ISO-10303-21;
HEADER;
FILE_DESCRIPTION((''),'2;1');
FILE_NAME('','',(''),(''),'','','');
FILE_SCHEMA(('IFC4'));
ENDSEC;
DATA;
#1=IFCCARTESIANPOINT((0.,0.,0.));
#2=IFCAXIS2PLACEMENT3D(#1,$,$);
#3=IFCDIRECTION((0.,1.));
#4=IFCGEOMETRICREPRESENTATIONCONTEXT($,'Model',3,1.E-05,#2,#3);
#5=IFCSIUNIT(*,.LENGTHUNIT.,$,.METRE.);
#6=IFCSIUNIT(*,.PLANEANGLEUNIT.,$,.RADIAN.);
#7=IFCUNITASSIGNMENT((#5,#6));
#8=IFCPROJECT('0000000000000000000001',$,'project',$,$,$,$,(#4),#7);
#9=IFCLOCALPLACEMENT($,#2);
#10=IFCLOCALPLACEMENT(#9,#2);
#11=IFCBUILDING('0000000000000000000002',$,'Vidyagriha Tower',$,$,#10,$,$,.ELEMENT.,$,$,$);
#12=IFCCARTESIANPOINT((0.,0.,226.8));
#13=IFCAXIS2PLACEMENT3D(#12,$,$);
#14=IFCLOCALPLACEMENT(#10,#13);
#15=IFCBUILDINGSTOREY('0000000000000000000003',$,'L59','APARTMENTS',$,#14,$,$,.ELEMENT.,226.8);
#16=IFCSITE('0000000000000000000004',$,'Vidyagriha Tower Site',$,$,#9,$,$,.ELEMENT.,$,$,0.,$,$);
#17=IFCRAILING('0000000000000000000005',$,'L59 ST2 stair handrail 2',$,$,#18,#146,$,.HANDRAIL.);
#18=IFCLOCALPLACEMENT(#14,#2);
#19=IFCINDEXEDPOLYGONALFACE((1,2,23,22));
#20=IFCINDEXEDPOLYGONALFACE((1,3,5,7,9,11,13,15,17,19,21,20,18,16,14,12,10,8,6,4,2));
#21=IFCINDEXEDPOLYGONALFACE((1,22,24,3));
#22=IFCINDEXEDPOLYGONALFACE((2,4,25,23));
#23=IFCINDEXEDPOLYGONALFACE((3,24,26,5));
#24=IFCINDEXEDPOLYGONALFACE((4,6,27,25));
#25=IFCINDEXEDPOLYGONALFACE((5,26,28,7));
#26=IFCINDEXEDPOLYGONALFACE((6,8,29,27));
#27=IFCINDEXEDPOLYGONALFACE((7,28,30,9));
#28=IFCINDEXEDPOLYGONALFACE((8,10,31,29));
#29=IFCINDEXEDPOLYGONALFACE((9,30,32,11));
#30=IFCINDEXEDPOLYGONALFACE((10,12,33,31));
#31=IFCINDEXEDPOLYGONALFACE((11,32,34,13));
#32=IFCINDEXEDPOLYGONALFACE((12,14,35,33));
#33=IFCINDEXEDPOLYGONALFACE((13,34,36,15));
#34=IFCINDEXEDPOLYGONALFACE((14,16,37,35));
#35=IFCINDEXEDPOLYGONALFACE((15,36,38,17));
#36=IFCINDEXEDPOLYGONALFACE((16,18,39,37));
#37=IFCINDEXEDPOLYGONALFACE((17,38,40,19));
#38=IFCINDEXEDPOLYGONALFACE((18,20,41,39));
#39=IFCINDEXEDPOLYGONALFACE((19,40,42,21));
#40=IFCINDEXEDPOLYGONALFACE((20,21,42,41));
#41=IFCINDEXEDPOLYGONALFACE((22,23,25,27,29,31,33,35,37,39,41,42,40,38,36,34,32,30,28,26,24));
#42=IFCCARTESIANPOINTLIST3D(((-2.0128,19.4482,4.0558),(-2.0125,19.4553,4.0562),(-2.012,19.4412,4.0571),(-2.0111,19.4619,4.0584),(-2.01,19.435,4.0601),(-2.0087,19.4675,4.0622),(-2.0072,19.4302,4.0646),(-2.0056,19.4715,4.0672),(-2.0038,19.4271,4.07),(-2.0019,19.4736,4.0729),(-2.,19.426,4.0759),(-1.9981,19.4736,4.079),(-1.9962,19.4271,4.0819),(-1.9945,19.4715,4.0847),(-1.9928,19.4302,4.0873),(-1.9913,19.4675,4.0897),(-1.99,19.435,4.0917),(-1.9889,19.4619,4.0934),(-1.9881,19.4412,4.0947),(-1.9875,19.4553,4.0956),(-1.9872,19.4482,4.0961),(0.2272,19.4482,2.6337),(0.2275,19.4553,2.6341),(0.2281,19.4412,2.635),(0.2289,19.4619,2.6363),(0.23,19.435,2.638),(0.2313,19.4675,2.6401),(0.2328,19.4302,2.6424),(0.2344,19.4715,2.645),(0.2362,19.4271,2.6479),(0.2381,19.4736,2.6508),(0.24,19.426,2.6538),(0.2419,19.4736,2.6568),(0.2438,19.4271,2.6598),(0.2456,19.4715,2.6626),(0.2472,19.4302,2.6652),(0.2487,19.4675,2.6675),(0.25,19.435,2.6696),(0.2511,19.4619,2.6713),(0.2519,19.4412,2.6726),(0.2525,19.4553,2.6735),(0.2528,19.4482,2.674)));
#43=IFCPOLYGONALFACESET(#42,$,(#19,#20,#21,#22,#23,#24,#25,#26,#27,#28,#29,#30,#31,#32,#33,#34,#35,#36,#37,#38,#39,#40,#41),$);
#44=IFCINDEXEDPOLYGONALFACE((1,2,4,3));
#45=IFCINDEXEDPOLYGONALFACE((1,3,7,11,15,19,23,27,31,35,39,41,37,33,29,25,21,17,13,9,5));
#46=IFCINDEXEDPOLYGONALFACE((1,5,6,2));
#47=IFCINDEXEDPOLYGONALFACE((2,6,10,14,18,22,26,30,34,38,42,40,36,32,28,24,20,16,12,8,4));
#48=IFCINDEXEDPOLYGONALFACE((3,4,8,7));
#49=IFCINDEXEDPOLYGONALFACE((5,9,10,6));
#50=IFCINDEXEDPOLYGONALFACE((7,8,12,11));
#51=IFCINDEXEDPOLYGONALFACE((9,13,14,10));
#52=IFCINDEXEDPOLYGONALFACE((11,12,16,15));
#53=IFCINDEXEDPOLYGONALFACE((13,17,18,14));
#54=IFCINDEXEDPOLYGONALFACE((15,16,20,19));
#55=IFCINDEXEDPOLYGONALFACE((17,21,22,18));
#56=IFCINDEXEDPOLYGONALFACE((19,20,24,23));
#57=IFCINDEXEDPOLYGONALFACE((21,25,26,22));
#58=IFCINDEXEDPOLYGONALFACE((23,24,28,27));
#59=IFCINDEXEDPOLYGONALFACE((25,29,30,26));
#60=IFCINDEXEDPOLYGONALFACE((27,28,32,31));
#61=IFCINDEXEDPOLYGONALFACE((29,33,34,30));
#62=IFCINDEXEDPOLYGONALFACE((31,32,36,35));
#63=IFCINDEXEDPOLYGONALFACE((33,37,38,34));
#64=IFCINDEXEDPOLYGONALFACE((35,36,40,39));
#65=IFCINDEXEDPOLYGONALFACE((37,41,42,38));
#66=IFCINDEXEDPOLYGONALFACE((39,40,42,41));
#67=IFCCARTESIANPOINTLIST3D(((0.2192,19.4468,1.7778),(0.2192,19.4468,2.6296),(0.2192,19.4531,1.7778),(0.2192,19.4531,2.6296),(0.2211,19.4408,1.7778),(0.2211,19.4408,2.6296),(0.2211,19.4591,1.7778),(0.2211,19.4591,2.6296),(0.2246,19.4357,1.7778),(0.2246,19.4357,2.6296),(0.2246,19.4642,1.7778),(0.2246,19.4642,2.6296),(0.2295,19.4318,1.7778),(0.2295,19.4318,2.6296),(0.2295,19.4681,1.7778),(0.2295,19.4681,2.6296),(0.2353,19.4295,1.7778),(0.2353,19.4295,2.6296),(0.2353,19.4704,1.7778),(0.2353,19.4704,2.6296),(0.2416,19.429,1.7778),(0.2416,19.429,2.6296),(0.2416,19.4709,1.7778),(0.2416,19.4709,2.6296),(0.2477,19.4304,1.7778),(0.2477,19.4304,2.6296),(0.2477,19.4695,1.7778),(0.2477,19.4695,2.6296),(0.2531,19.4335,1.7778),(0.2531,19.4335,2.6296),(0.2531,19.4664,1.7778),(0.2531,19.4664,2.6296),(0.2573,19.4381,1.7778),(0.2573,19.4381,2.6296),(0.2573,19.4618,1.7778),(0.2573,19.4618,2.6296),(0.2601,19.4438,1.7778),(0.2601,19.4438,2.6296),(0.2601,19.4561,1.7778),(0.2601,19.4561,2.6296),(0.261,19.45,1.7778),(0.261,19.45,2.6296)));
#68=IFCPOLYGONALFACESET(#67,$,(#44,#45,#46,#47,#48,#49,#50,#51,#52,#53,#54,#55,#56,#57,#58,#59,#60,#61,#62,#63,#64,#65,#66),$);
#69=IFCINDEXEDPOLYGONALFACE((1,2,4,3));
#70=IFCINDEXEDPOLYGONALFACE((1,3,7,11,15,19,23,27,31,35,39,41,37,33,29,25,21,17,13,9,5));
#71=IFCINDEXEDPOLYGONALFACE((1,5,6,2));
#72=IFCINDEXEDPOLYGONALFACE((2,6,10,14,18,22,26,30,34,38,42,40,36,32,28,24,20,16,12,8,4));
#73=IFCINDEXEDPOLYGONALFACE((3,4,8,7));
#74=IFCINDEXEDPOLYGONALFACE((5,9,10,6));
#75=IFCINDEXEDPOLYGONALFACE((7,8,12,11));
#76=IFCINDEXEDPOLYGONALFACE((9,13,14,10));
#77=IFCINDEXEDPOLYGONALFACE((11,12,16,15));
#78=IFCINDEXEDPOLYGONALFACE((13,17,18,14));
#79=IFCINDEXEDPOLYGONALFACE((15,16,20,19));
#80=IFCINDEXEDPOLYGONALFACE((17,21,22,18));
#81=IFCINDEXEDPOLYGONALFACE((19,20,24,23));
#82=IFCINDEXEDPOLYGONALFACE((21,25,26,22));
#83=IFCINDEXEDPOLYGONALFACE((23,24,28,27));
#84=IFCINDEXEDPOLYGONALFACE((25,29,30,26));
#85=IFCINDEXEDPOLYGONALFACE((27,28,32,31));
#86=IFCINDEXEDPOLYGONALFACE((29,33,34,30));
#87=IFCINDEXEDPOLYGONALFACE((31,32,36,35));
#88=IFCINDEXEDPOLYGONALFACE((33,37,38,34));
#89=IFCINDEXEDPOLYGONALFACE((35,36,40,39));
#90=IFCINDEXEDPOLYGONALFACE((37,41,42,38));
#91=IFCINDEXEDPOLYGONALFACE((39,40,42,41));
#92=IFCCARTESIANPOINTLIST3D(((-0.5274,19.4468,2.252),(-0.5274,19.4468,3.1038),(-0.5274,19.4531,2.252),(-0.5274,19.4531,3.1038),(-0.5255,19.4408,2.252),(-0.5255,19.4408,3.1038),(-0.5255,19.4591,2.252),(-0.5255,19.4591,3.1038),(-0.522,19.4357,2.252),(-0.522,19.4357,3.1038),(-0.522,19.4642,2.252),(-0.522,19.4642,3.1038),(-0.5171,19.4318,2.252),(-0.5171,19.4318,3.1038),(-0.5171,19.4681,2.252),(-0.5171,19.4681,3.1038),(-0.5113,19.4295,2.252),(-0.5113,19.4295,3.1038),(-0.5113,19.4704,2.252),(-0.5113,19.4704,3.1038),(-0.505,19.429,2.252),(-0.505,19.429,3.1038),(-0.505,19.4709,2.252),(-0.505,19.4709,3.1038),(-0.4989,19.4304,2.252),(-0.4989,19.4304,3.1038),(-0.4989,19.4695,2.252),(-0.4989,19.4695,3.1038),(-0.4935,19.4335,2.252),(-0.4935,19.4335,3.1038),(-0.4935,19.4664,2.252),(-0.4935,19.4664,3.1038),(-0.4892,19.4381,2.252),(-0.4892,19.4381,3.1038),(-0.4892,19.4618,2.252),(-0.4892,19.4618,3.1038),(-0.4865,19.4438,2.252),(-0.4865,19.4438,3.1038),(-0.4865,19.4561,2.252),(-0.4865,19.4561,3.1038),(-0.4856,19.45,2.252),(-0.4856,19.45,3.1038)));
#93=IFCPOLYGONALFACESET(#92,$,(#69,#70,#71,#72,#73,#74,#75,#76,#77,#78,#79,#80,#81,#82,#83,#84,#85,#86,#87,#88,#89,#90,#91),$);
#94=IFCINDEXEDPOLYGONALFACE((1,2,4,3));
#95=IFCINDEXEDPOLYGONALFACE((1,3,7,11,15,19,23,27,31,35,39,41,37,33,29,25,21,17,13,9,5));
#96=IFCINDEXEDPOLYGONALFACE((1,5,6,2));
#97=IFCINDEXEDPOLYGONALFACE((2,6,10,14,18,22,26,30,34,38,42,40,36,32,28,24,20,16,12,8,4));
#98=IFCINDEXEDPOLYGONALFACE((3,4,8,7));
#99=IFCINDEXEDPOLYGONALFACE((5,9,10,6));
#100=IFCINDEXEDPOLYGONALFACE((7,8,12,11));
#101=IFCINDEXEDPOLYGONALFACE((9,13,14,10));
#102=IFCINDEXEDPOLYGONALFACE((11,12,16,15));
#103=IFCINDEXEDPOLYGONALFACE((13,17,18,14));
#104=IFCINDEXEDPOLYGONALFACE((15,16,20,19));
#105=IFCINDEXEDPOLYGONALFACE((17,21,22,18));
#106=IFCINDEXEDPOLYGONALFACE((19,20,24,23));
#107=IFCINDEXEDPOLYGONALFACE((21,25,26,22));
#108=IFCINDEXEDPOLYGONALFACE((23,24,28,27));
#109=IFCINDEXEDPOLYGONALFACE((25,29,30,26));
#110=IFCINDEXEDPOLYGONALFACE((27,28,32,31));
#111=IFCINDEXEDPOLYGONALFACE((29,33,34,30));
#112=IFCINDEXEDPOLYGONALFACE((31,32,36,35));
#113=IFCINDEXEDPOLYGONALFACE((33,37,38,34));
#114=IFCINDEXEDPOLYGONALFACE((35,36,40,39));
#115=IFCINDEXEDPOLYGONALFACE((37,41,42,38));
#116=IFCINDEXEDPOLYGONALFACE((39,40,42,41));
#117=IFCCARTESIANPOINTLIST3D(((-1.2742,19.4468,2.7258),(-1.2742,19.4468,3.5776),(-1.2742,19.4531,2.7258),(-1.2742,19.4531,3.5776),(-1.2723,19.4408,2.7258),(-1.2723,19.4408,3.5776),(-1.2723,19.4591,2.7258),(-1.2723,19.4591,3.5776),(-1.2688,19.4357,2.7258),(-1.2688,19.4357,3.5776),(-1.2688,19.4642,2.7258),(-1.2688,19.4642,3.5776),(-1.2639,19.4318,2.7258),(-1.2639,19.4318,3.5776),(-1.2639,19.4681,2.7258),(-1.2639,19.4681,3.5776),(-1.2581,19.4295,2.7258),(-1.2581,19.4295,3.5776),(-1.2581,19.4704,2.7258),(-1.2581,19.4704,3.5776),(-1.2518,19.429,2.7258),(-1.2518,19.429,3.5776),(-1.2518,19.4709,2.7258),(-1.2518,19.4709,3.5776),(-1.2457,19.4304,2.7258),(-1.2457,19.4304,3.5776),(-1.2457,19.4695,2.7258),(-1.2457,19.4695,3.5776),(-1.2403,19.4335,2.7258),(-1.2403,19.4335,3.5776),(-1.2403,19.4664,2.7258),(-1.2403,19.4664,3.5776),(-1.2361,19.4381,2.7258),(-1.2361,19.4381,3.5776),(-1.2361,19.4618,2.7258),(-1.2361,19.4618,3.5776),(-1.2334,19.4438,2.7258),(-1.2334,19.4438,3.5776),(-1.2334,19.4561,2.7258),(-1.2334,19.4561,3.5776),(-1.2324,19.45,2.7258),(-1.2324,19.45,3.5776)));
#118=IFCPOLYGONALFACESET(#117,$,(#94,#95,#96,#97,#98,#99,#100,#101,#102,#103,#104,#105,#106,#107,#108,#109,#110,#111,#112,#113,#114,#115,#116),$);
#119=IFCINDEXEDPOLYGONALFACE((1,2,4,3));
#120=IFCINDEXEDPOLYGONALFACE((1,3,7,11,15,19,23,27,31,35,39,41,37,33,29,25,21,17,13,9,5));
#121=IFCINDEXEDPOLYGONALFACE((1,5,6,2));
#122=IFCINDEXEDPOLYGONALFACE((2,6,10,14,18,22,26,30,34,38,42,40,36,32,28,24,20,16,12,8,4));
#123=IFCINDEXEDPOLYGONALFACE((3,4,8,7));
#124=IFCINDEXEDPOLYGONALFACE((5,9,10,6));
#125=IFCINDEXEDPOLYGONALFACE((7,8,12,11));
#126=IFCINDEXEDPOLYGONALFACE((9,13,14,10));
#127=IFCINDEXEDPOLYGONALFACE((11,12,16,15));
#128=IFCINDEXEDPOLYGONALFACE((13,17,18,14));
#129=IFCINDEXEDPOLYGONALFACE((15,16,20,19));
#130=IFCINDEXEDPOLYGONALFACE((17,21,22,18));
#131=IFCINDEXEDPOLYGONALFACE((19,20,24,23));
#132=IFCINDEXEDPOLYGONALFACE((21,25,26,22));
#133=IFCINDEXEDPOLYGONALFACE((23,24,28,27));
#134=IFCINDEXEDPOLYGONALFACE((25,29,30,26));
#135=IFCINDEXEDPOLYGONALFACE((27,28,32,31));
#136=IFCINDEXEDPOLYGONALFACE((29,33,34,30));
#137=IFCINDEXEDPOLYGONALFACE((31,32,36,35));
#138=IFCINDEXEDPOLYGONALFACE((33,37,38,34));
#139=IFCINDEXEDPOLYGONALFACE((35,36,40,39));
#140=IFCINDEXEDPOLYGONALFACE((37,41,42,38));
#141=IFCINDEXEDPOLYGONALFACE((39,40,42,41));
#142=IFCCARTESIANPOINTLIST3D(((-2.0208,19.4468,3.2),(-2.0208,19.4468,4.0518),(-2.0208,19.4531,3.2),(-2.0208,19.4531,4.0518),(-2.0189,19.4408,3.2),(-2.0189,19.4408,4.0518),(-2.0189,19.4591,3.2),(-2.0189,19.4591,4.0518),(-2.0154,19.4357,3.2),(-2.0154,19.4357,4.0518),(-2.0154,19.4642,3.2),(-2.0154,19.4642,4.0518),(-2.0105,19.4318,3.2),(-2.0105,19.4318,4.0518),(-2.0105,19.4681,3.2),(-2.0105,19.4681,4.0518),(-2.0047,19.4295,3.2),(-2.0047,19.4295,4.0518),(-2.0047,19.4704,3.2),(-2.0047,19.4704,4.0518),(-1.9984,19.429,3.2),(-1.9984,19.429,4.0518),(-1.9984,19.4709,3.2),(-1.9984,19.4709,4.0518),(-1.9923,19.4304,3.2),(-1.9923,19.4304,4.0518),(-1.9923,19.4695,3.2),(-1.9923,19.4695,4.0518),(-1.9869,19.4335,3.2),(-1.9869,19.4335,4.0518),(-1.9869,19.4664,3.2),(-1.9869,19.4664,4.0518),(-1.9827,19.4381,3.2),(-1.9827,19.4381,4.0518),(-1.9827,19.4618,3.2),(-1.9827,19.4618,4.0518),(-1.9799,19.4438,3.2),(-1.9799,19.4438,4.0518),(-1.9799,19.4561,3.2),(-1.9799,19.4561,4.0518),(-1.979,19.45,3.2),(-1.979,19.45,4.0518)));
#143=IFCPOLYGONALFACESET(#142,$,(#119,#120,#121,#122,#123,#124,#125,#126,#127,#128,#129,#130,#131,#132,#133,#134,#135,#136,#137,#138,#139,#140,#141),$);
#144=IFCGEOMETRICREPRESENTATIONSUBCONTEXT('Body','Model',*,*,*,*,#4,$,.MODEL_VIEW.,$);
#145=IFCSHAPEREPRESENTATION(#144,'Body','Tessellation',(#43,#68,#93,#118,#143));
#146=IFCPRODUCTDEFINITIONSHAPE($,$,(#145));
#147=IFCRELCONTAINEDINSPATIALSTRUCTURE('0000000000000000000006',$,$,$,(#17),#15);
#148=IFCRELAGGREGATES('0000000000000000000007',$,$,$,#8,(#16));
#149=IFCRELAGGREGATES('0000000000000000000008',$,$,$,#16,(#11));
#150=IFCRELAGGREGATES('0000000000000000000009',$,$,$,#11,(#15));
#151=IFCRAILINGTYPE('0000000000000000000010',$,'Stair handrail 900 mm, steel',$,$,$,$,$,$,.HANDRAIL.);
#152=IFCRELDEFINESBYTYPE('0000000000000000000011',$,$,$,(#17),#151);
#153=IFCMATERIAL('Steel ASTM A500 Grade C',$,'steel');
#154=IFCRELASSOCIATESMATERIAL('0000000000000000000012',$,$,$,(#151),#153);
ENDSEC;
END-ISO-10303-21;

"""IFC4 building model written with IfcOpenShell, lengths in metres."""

from ifc_helpers import new_model, si_unit, direction, frame, origin, origin_2d, place, context, subcontext, project, spatial, circle, extrude, material, type_object, element, save


model = new_model("IFC4")

# Units and contexts
model_context = context("Model", 3, precision=1e-05, world=origin(), true_north=direction((0.0, 1.0)))
body_context = subcontext(model_context, "Body", "Model", "MODEL_VIEW")
ifc_project = project(units=[si_unit("LENGTHUNIT", "METRE"), si_unit("PLANEANGLEUNIT", "RADIAN")], contexts=[model_context])

# Site, building, storey
site_placement = place(None, origin())
site = spatial("IfcSite", under=ifc_project, at=site_placement, Name="Vidyagriha Tower Site", CompositionType="ELEMENT", RefElevation=0.0)
building_placement = place(site_placement, origin())
building = spatial("IfcBuilding", under=site, at=building_placement, Name="Vidyagriha Tower", CompositionType="ELEMENT")
storey_placement = place(building_placement, frame((0.0, 0.0, 226.8)))
storey = spatial("IfcBuildingStorey", under=building, at=storey_placement, Name="L59", Description="APARTMENTS", CompositionType="ELEMENT", Elevation=226.8)

# Railing
ifc_material_1 = material(Name="Steel ASTM A500 Grade C", Category="steel")
railing_type_1 = type_object("IfcRailingType", Name="Stair handrail 900 mm, steel", PredefinedType="HANDRAIL", material=ifc_material_1)
railing_1_placement = place(storey_placement, frame((0.24, 19.45, 1.7778)))
element("IfcRailing", 1, at=railing_1_placement, inside=storey, type_object=railing_type_1, Name="L59 ST2 stair handrail 2", PredefinedType="HANDRAIL", context=body_context, shape_type="SweptSolid", body=[
    extrude(circle(Radius=0.0239, at=origin_2d()), frame((0.0, 0.0, 0.876), z_axis=(-0.844229, 0.0, 0.535982), x_axis=(0.0, -1.0, 0.0)), (0.0, 0.0, 1.0), 2.6533),
    extrude(circle(Radius=0.021, at=origin_2d()), origin(), (0.0, 0.0, 1.0), 0.8518),
    extrude(circle(Radius=0.021, at=origin_2d()), frame((-0.7466, 0.0, 0.4741)), (0.0, 0.0, 1.0), 0.8518),
    extrude(circle(Radius=0.021, at=origin_2d()), frame((-1.4934, 0.0, 0.948)), (0.0, 0.0, 1.0), 0.8518),
    extrude(circle(Radius=0.021, at=origin_2d()), frame((-2.24, 0.0, 1.4221)), (0.0, 0.0, 1.0), 0.8518),
])

save(model, "model.ifc")
